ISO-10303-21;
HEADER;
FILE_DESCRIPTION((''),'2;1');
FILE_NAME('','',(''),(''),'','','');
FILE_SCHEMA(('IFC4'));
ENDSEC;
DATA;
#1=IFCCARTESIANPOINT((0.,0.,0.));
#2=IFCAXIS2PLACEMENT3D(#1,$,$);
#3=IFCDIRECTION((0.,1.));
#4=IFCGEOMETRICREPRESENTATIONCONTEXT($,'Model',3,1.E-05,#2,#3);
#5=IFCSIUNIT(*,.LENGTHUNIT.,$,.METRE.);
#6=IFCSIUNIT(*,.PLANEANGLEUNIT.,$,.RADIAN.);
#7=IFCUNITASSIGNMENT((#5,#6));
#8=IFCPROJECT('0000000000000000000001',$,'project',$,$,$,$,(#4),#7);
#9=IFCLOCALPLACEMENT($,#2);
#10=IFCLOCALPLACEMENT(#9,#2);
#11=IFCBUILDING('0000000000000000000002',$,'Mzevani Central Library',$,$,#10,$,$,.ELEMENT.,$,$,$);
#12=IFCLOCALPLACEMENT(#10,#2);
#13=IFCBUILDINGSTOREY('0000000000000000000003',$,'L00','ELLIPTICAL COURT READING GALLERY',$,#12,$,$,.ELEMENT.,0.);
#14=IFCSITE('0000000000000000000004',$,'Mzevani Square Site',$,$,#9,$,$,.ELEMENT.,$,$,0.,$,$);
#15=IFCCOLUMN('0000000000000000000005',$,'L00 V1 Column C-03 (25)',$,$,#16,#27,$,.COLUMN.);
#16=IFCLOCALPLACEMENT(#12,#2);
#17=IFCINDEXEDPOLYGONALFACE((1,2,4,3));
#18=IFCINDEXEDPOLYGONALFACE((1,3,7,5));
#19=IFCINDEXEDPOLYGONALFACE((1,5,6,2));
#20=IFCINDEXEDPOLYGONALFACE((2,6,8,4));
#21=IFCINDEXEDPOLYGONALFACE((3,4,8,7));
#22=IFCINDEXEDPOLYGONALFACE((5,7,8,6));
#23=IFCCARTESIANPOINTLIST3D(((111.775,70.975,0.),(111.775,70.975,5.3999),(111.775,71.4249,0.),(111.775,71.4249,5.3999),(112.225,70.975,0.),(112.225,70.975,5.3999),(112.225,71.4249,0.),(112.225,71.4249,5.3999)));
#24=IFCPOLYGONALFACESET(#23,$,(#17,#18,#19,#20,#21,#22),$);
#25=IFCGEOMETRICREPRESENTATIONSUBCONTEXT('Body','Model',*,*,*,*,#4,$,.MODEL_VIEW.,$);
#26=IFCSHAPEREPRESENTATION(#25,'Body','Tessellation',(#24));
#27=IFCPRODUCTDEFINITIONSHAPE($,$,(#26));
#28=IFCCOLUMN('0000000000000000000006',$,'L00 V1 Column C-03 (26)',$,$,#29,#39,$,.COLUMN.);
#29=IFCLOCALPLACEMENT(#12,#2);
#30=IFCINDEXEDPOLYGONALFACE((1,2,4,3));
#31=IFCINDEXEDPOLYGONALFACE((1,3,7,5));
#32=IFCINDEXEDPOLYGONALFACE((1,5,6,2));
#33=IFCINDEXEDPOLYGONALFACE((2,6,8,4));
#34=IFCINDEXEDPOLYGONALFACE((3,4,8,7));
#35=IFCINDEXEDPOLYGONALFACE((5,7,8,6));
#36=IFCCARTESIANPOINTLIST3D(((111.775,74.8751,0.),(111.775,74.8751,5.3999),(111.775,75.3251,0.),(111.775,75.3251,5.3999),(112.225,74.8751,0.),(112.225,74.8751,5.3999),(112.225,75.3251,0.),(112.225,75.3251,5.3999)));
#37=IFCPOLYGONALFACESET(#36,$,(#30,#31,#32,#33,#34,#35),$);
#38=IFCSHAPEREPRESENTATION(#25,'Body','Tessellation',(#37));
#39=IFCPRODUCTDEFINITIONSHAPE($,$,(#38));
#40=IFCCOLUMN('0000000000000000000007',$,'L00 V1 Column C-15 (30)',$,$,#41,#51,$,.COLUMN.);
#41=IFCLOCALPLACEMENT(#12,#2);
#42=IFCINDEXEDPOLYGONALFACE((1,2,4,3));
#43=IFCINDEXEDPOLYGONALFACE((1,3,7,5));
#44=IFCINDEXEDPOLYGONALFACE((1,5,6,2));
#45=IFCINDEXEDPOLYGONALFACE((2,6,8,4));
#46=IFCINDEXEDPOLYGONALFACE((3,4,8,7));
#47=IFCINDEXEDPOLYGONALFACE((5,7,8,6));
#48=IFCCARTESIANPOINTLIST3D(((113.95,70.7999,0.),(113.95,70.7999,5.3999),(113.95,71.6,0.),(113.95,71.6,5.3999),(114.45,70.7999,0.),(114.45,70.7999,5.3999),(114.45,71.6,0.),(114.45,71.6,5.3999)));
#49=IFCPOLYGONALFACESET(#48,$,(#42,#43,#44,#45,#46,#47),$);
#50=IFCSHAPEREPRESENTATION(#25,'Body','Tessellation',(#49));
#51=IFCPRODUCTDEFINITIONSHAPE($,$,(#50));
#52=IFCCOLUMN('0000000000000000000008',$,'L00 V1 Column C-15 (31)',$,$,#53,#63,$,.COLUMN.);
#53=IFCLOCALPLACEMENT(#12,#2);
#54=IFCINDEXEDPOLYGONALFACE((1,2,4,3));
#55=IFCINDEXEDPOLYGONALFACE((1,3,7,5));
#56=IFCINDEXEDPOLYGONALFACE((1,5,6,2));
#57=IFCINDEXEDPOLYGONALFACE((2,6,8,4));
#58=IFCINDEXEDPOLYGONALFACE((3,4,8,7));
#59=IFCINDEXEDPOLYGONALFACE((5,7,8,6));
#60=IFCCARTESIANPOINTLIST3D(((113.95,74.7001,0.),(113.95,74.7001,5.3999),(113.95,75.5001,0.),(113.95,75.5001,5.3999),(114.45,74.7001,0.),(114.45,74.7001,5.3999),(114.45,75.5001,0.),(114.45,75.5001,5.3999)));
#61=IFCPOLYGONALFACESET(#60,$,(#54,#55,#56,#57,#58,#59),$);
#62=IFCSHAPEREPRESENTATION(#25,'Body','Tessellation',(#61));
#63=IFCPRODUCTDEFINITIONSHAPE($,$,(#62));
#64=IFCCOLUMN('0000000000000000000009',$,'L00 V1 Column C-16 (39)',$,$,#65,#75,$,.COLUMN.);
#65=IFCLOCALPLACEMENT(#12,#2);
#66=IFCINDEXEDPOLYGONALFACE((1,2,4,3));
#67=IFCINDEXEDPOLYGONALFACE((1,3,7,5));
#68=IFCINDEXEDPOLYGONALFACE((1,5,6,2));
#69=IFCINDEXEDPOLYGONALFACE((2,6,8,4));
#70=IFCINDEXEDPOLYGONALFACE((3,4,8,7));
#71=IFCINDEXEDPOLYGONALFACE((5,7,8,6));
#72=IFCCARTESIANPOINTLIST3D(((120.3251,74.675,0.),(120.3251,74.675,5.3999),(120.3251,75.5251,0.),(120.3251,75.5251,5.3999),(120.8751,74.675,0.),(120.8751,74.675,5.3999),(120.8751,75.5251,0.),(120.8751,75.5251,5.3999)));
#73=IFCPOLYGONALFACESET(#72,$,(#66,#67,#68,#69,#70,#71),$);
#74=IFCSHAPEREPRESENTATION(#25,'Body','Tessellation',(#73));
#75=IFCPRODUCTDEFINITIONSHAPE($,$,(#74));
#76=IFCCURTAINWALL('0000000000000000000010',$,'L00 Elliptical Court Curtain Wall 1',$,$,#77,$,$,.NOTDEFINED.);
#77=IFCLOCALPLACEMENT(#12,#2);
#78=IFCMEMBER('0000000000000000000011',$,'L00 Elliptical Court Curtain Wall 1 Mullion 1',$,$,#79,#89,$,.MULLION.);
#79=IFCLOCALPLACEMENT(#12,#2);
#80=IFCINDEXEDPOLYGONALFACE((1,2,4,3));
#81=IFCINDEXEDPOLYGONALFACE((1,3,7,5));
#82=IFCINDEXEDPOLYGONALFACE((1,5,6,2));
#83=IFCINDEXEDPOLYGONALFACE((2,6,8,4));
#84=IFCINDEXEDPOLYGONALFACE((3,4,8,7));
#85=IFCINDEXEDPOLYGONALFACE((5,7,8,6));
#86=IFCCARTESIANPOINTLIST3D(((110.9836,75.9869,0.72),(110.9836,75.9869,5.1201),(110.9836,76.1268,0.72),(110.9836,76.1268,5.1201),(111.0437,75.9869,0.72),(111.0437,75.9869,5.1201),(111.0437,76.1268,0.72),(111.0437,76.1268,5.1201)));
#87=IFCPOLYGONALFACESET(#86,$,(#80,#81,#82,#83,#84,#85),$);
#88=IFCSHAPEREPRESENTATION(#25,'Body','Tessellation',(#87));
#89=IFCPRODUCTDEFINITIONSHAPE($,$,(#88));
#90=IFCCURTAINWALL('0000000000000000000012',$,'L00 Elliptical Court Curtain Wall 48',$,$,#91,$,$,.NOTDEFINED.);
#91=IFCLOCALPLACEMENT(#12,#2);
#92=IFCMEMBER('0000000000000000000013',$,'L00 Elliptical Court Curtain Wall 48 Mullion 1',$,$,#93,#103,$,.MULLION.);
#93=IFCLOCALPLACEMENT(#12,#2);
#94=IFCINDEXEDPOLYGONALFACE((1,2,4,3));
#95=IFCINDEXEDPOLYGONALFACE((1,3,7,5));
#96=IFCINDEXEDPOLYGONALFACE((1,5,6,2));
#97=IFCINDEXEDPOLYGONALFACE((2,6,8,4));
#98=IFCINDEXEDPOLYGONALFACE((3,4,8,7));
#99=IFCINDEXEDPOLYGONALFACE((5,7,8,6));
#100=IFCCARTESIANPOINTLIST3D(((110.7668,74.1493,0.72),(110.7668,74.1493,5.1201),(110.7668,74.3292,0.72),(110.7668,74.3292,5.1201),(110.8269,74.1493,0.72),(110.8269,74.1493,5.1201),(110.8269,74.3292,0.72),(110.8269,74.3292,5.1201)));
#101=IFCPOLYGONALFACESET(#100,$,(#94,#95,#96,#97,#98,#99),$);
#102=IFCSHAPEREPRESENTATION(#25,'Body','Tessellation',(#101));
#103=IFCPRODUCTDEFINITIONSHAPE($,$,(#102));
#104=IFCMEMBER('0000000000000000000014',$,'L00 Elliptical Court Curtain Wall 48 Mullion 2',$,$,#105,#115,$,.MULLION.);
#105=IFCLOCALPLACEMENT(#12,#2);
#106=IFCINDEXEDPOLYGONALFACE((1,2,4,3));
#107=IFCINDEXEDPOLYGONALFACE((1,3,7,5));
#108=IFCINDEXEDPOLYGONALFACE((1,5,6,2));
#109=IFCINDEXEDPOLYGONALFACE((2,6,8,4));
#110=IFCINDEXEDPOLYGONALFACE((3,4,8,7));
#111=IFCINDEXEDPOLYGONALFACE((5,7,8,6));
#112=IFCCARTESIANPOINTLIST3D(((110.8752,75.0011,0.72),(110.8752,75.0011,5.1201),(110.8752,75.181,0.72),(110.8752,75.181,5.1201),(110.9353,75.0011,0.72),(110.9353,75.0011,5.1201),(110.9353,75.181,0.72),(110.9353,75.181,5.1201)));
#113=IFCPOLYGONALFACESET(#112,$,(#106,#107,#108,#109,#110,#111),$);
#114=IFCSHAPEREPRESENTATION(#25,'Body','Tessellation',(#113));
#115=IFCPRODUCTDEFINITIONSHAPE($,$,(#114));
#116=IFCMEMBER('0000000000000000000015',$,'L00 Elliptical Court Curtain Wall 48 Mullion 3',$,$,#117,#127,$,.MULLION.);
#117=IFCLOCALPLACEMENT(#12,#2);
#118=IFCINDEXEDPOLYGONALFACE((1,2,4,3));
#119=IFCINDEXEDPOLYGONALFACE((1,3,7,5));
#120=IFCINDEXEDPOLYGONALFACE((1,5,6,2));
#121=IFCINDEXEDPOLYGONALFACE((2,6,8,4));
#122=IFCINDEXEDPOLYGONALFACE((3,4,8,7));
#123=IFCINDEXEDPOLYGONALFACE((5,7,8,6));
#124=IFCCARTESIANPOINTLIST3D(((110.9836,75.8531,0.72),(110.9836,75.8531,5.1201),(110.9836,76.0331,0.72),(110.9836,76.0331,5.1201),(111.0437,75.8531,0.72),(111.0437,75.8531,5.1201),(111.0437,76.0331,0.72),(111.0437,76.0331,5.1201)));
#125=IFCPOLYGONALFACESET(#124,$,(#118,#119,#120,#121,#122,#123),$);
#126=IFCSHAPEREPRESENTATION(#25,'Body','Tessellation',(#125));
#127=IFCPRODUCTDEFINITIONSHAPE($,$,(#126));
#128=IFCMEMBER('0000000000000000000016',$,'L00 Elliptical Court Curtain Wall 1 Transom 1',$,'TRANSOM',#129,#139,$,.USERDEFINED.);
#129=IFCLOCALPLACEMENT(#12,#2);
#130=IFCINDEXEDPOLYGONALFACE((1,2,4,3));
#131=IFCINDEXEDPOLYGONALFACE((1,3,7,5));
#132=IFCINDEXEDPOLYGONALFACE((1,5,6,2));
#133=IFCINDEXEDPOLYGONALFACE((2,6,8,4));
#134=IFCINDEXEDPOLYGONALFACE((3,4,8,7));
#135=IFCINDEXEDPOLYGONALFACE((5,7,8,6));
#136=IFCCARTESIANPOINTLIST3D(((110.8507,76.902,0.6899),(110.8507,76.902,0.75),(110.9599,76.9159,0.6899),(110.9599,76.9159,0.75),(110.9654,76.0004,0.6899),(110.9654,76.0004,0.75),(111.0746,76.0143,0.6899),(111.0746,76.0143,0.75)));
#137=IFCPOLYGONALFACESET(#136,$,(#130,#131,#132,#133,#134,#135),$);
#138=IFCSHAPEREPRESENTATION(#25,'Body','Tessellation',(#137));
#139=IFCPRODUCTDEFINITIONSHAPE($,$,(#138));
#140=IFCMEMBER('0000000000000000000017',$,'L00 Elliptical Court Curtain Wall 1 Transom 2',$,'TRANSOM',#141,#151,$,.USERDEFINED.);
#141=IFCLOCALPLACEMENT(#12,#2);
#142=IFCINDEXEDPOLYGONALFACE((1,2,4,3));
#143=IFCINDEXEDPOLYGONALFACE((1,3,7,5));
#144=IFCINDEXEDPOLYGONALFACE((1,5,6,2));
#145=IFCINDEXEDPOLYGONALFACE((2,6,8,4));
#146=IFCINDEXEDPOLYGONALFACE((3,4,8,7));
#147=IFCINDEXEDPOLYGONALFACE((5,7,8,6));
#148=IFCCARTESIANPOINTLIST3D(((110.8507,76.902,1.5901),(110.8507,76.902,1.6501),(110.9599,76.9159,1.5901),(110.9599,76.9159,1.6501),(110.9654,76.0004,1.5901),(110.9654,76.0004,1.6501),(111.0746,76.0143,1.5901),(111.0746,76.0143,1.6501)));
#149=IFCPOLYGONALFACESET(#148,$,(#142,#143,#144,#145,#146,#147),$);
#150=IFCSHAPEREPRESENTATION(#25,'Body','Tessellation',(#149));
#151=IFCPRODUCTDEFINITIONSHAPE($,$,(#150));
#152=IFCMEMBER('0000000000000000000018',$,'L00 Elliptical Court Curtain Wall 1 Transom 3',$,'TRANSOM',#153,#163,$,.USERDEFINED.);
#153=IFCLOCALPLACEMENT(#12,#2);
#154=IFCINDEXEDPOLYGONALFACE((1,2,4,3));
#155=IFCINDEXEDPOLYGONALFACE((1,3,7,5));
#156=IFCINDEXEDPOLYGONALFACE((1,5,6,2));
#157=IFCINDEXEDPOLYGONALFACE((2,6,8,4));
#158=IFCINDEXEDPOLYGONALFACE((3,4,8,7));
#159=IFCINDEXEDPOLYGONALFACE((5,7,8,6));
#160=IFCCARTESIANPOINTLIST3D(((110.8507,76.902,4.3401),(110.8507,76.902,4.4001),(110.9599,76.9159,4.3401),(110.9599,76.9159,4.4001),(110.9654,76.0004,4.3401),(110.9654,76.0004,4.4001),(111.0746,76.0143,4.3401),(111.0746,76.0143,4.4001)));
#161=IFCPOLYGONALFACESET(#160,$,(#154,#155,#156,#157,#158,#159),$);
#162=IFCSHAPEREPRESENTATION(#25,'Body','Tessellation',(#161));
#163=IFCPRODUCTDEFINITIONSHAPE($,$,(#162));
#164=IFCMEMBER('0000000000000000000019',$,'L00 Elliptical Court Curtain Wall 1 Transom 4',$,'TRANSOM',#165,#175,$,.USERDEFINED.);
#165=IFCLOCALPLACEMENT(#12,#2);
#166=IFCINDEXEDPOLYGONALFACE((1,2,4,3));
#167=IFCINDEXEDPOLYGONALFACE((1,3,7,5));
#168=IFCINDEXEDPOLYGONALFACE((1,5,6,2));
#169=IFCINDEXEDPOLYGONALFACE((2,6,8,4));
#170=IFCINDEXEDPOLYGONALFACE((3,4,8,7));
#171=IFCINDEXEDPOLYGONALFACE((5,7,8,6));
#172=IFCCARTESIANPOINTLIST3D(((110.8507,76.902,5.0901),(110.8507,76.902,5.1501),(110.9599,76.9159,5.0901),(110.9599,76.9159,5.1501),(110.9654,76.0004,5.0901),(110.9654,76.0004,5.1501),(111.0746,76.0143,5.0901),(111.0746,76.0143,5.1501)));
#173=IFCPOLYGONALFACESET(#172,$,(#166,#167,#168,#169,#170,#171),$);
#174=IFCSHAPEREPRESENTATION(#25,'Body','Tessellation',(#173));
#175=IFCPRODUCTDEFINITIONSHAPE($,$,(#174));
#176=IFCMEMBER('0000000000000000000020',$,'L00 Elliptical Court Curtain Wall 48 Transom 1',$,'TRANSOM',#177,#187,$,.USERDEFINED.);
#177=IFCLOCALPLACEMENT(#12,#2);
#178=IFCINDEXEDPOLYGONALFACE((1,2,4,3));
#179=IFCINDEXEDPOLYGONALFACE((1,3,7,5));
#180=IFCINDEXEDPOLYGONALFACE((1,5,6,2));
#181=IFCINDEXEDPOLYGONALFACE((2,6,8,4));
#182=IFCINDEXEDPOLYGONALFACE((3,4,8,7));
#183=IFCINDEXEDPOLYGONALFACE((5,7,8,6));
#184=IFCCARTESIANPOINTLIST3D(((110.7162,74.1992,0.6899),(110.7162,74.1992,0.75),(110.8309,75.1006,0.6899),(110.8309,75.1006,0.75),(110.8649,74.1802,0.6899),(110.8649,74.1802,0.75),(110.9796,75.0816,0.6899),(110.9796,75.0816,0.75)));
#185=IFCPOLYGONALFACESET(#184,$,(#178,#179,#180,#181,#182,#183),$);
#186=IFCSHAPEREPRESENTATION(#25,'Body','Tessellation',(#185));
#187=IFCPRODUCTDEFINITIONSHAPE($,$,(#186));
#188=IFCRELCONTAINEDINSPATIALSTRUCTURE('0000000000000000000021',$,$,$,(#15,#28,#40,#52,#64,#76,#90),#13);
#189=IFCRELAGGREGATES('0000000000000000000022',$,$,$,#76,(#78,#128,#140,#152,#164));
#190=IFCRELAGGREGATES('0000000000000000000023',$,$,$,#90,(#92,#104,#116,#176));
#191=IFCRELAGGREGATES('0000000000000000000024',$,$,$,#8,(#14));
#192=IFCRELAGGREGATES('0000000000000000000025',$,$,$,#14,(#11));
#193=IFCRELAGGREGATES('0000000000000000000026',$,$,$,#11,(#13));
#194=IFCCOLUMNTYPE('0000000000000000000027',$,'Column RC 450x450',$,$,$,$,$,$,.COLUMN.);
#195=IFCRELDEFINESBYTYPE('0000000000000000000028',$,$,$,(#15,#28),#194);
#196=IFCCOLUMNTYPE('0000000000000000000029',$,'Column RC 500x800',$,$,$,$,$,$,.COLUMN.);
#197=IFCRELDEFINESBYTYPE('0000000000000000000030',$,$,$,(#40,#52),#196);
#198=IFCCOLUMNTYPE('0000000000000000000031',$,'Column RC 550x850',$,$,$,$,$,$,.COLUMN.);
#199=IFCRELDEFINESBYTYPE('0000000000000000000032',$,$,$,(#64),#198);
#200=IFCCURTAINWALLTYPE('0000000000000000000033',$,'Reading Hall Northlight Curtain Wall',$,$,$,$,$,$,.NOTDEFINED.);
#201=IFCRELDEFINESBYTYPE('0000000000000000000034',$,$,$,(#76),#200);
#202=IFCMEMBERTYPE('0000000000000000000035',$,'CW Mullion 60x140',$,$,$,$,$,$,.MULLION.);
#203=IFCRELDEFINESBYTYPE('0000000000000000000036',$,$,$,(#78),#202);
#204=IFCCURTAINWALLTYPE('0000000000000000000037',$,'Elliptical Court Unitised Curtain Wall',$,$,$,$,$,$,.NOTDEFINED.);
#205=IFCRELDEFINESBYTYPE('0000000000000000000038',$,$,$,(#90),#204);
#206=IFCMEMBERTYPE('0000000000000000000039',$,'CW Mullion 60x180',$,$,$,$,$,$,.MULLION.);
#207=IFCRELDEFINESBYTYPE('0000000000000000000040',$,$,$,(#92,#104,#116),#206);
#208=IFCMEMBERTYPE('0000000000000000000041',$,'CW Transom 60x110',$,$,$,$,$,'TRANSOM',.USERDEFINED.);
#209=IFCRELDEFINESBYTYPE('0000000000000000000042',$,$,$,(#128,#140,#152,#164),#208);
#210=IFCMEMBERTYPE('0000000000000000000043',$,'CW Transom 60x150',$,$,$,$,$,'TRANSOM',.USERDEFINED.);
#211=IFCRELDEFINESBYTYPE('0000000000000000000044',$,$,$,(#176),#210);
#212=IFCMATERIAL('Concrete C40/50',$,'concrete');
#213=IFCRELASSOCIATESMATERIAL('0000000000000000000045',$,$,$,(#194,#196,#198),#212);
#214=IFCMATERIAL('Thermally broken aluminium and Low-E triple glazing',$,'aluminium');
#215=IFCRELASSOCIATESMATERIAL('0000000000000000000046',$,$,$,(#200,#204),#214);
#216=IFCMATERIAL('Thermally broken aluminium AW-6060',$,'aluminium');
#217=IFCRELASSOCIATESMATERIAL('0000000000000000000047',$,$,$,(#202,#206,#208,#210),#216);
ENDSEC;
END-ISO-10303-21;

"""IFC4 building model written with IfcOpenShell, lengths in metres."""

from ifc_helpers import new_model, si_unit, direction, frame, origin, origin_2d, place, context, subcontext, project, spatial, rectangle, extrude, material, material_profile, profile_set, type_object, element, aggregate, save


model = new_model("IFC4")

# Units and contexts
model_context = context("Model", 3, precision=1e-05, world=origin(), true_north=direction((0.0, 1.0)))
body_context = subcontext(model_context, "Body", "Model", "MODEL_VIEW")
ifc_project = project(units=[si_unit("LENGTHUNIT", "METRE"), si_unit("PLANEANGLEUNIT", "RADIAN")], contexts=[model_context])

# Site, building, storey
site_placement = place(None, origin())
site = spatial("IfcSite", under=ifc_project, at=site_placement, Name="Mzevani Square Site", CompositionType="ELEMENT", RefElevation=0.0)
building_placement = place(site_placement, origin())
building = spatial("IfcBuilding", under=site, at=building_placement, Name="Mzevani Central Library", CompositionType="ELEMENT")
storey_placement = place(building_placement, origin())
storey = spatial("IfcBuildingStorey", under=building, at=storey_placement, Name="L00", Description="ELLIPTICAL COURT READING GALLERY", CompositionType="ELEMENT", Elevation=0.0)

# Columns
ifc_material_1 = material(Name="Concrete C40/50", Category="concrete")
ifc_material_profile_1 = material_profile(ifc_material_1, rectangle(XDim=0.45, YDim=0.45, at=origin_2d()), Name="RC 450x450")
ifc_profile_set_1 = profile_set([ifc_material_profile_1], Name="Concrete C40/50")
column_type_1 = type_object("IfcColumnType", Name="Column RC 450x450", PredefinedType="COLUMN", material=ifc_profile_set_1)
for number, where, z_axis, x_axis, name in (
    (1, (112.0, 71.2, 0.0), (0.0, 0.0, 1.0), (1.0, 0.0, 0.0), "L00 V1 Column C-03 (25)"),
    (2, (112.0, 75.1001, 0.0), (0.0, 0.0, 1.0), (1.0, 0.0, 0.0), "L00 V1 Column C-03 (26)"),
):
    element("IfcColumn", number, at=place(storey_placement, frame(where, z_axis=z_axis, x_axis=x_axis)), inside=storey, type_object=column_type_1, Name=name, PredefinedType="COLUMN", context=body_context, shape_type="SweptSolid", body=[
        extrude(rectangle(XDim=0.45, YDim=0.45, at=origin_2d()), origin(), (0.0, 0.0, 1.0), 5.3999),
    ])
ifc_material_profile_2 = material_profile(ifc_material_1, rectangle(XDim=0.5, YDim=0.8, at=origin_2d()), Name="RC 500x800")
ifc_profile_set_2 = profile_set([ifc_material_profile_2], Name="Concrete C40/50")
column_type_2 = type_object("IfcColumnType", Name="Column RC 500x800", PredefinedType="COLUMN", material=ifc_profile_set_2)
for number, where, z_axis, x_axis, name in (
    (3, (114.2, 71.2, 0.0), (0.0, 0.0, 1.0), (1.0, 0.0, 0.0), "L00 V1 Column C-15 (30)"),
    (4, (114.2, 75.1001, 0.0), (0.0, 0.0, 1.0), (1.0, 0.0, 0.0), "L00 V1 Column C-15 (31)"),
):
    element("IfcColumn", number, at=place(storey_placement, frame(where, z_axis=z_axis, x_axis=x_axis)), inside=storey, type_object=column_type_2, Name=name, PredefinedType="COLUMN", context=body_context, shape_type="SweptSolid", body=[
        extrude(rectangle(XDim=0.5, YDim=0.8, at=origin_2d()), origin(), (0.0, 0.0, 1.0), 5.3999),
    ])
ifc_material_profile_3 = material_profile(ifc_material_1, rectangle(XDim=0.55, YDim=0.8501, at=origin_2d()), Name="RC 550x850")
ifc_profile_set_3 = profile_set([ifc_material_profile_3], Name="Concrete C40/50")
column_type_3 = type_object("IfcColumnType", Name="Column RC 550x850", PredefinedType="COLUMN", material=ifc_profile_set_3)
column_placement = place(storey_placement, frame((120.6001, 75.1001, 0.0), z_axis=(0.0, 0.0, 1.0), x_axis=(1.0, 0.0, 0.0)))
element("IfcColumn", 5, at=column_placement, inside=storey, type_object=column_type_3, Name="L00 V1 Column C-16 (39)", PredefinedType="COLUMN", context=body_context, shape_type="SweptSolid", body=[
    extrude(rectangle(XDim=0.55, YDim=0.8501, at=origin_2d()), origin(), (0.0, 0.0, 1.0), 5.3999),
])

# Curtain wall, member
ifc_material_2 = material(Name="Thermally broken aluminium and Low-E triple glazing", Category="aluminium")
curtain_wall_type_1 = type_object("IfcCurtainWallType", Name="Reading Hall Northlight Curtain Wall", PredefinedType="NOTDEFINED", material=ifc_material_2)
curtain_wall_1_placement = place(storey_placement, origin())
curtain_wall_1 = element("IfcCurtainWall", 6, at=curtain_wall_1_placement, inside=storey, type_object=curtain_wall_type_1, Name="L00 Elliptical Court Curtain Wall 1", PredefinedType="NOTDEFINED")
ifc_material_3 = material(Name="Thermally broken aluminium AW-6060", Category="aluminium")
ifc_material_profile_4 = material_profile(ifc_material_3, rectangle(XDim=0.0601, YDim=0.1399, at=origin_2d()), Name="ALU M60x140")
ifc_profile_set_4 = profile_set([ifc_material_profile_4], Name="Thermally broken aluminium AW-6060")
member_type_1 = type_object("IfcMemberType", Name="CW Mullion 60x140", PredefinedType="MULLION", material=ifc_profile_set_4)
member_1_placement = place(storey_placement, frame((111.0137, 76.0569, 0.72), z_axis=(0.0, 0.0, 1.0), x_axis=(1.0, 0.0, 0.0)))
member_1 = element("IfcMember", 7, at=member_1_placement, type_object=member_type_1, Name="L00 Elliptical Court Curtain Wall 1 Mullion 1", PredefinedType="MULLION", context=body_context, shape_type="SweptSolid", body=[
    extrude(rectangle(XDim=0.0601, YDim=0.1399, at=origin_2d()), origin(), (0.0, 0.0, 1.0), 4.4001),
])

# Curtain wall, members
curtain_wall_type_2 = type_object("IfcCurtainWallType", Name="Elliptical Court Unitised Curtain Wall", PredefinedType="NOTDEFINED", material=ifc_material_2)
curtain_wall_2_placement = place(storey_placement, origin())
curtain_wall_2 = element("IfcCurtainWall", 8, at=curtain_wall_2_placement, inside=storey, type_object=curtain_wall_type_2, Name="L00 Elliptical Court Curtain Wall 48", PredefinedType="NOTDEFINED")
ifc_material_profile_5 = material_profile(ifc_material_3, rectangle(XDim=0.0601, YDim=0.1799, at=origin_2d()), Name="ALU M60x180")
ifc_profile_set_5 = profile_set([ifc_material_profile_5], Name="Thermally broken aluminium AW-6060")
member_type_2 = type_object("IfcMemberType", Name="CW Mullion 60x180", PredefinedType="MULLION", material=ifc_profile_set_5)
member_2_placement = place(storey_placement, frame((110.7969, 74.2393, 0.72), z_axis=(0.0, 0.0, 1.0), x_axis=(1.0, 0.0, 0.0)))
member_2 = element("IfcMember", 9, at=member_2_placement, type_object=member_type_2, Name="L00 Elliptical Court Curtain Wall 48 Mullion 1", PredefinedType="MULLION", context=body_context, shape_type="SweptSolid", body=[
    extrude(rectangle(XDim=0.0601, YDim=0.1799, at=origin_2d()), origin(), (0.0, 0.0, 1.0), 4.4001),
])
member_3_placement = place(storey_placement, frame((110.9053, 75.0911, 0.72), z_axis=(0.0, 0.0, 1.0), x_axis=(1.0, 0.0, 0.0)))
member_3 = element("IfcMember", 10, at=member_3_placement, type_object=member_type_2, Name="L00 Elliptical Court Curtain Wall 48 Mullion 2", PredefinedType="MULLION", context=body_context, shape_type="SweptSolid", body=[
    extrude(rectangle(XDim=0.0601, YDim=0.1799, at=origin_2d()), origin(), (0.0, 0.0, 1.0), 4.4001),
])
member_4_placement = place(storey_placement, frame((111.0137, 75.9431, 0.72), z_axis=(0.0, 0.0, 1.0), x_axis=(1.0, 0.0, 0.0)))
member_4 = element("IfcMember", 11, at=member_4_placement, type_object=member_type_2, Name="L00 Elliptical Court Curtain Wall 48 Mullion 3", PredefinedType="MULLION", context=body_context, shape_type="SweptSolid", body=[
    extrude(rectangle(XDim=0.0601, YDim=0.1799, at=origin_2d()), origin(), (0.0, 0.0, 1.0), 4.4001),
])

# Members
ifc_material_profile_6 = material_profile(ifc_material_3, rectangle(XDim=0.1101, YDim=0.0601, at=origin_2d()), Name="ALU T60x110")
ifc_profile_set_6 = profile_set([ifc_material_profile_6], Name="Thermally broken aluminium AW-6060")
member_type_3 = type_object("IfcMemberType", Name="CW Transom 60x110", ElementType="TRANSOM", PredefinedType="USERDEFINED", material=ifc_profile_set_6)
member_5_placement = place(storey_placement, frame((111.02, 76.0073, 0.72), z_axis=(-0.126249, 0.991999, 0.0), x_axis=(-0.991999, -0.126249, 0.0)))
member_5 = element("IfcMember", 12, at=member_5_placement, type_object=member_type_3, Name="L00 Elliptical Court Curtain Wall 1 Transom 1", ObjectType="TRANSOM", PredefinedType="USERDEFINED", context=body_context, shape_type="SweptSolid", body=[
    extrude(rectangle(XDim=0.1101, YDim=0.0601, at=origin_2d()), origin(), (0.0, 0.0, 1.0), 0.9089),
])
member_6_placement = place(storey_placement, frame((111.02, 76.0073, 1.6201), z_axis=(-0.126249, 0.991999, 0.0), x_axis=(-0.991999, -0.126249, 0.0)))
member_6 = element("IfcMember", 13, at=member_6_placement, type_object=member_type_3, Name="L00 Elliptical Court Curtain Wall 1 Transom 2", ObjectType="TRANSOM", PredefinedType="USERDEFINED", context=body_context, shape_type="SweptSolid", body=[
    extrude(rectangle(XDim=0.1101, YDim=0.0601, at=origin_2d()), origin(), (0.0, 0.0, 1.0), 0.9089),
])
member_7_placement = place(storey_placement, frame((111.02, 76.0073, 4.3701), z_axis=(-0.126249, 0.991999, 0.0), x_axis=(-0.991999, -0.126249, 0.0)))
member_7 = element("IfcMember", 14, at=member_7_placement, type_object=member_type_3, Name="L00 Elliptical Court Curtain Wall 1 Transom 3", ObjectType="TRANSOM", PredefinedType="USERDEFINED", context=body_context, shape_type="SweptSolid", body=[
    extrude(rectangle(XDim=0.1101, YDim=0.0601, at=origin_2d()), origin(), (0.0, 0.0, 1.0), 0.9089),
])
member_8_placement = place(storey_placement, frame((111.02, 76.0073, 5.1201), z_axis=(-0.126249, 0.991999, 0.0), x_axis=(-0.991999, -0.126249, 0.0)))
member_8 = element("IfcMember", 15, at=member_8_placement, type_object=member_type_3, Name="L00 Elliptical Court Curtain Wall 1 Transom 4", ObjectType="TRANSOM", PredefinedType="USERDEFINED", context=body_context, shape_type="SweptSolid", body=[
    extrude(rectangle(XDim=0.1101, YDim=0.0601, at=origin_2d()), origin(), (0.0, 0.0, 1.0), 0.9089),
])
ifc_material_profile_7 = material_profile(ifc_material_3, rectangle(XDim=0.1499, YDim=0.0601, at=origin_2d()), Name="ALU T60x150")
ifc_profile_set_7 = profile_set([ifc_material_profile_7], Name="Thermally broken aluminium AW-6060")
member_type_4 = type_object("IfcMemberType", Name="CW Transom 60x150", ElementType="TRANSOM", PredefinedType="USERDEFINED", material=ifc_profile_set_7)
member_9_placement = place(storey_placement, frame((110.7905, 74.1897, 0.72), z_axis=(0.126283, 0.991994, 0.0), x_axis=(-0.991994, 0.126283, 0.0)))
member_9 = element("IfcMember", 16, at=member_9_placement, type_object=member_type_4, Name="L00 Elliptical Court Curtain Wall 48 Transom 1", ObjectType="TRANSOM", PredefinedType="USERDEFINED", context=body_context, shape_type="SweptSolid", body=[
    extrude(rectangle(XDim=0.1499, YDim=0.0601, at=origin_2d()), origin(), (0.0, 0.0, 1.0), 0.9087),
])

aggregate(curtain_wall_1, [member_1, member_5, member_6, member_7, member_8])
aggregate(curtain_wall_2, [member_2, member_3, member_4, member_9])

save(model, "model.ifc")
